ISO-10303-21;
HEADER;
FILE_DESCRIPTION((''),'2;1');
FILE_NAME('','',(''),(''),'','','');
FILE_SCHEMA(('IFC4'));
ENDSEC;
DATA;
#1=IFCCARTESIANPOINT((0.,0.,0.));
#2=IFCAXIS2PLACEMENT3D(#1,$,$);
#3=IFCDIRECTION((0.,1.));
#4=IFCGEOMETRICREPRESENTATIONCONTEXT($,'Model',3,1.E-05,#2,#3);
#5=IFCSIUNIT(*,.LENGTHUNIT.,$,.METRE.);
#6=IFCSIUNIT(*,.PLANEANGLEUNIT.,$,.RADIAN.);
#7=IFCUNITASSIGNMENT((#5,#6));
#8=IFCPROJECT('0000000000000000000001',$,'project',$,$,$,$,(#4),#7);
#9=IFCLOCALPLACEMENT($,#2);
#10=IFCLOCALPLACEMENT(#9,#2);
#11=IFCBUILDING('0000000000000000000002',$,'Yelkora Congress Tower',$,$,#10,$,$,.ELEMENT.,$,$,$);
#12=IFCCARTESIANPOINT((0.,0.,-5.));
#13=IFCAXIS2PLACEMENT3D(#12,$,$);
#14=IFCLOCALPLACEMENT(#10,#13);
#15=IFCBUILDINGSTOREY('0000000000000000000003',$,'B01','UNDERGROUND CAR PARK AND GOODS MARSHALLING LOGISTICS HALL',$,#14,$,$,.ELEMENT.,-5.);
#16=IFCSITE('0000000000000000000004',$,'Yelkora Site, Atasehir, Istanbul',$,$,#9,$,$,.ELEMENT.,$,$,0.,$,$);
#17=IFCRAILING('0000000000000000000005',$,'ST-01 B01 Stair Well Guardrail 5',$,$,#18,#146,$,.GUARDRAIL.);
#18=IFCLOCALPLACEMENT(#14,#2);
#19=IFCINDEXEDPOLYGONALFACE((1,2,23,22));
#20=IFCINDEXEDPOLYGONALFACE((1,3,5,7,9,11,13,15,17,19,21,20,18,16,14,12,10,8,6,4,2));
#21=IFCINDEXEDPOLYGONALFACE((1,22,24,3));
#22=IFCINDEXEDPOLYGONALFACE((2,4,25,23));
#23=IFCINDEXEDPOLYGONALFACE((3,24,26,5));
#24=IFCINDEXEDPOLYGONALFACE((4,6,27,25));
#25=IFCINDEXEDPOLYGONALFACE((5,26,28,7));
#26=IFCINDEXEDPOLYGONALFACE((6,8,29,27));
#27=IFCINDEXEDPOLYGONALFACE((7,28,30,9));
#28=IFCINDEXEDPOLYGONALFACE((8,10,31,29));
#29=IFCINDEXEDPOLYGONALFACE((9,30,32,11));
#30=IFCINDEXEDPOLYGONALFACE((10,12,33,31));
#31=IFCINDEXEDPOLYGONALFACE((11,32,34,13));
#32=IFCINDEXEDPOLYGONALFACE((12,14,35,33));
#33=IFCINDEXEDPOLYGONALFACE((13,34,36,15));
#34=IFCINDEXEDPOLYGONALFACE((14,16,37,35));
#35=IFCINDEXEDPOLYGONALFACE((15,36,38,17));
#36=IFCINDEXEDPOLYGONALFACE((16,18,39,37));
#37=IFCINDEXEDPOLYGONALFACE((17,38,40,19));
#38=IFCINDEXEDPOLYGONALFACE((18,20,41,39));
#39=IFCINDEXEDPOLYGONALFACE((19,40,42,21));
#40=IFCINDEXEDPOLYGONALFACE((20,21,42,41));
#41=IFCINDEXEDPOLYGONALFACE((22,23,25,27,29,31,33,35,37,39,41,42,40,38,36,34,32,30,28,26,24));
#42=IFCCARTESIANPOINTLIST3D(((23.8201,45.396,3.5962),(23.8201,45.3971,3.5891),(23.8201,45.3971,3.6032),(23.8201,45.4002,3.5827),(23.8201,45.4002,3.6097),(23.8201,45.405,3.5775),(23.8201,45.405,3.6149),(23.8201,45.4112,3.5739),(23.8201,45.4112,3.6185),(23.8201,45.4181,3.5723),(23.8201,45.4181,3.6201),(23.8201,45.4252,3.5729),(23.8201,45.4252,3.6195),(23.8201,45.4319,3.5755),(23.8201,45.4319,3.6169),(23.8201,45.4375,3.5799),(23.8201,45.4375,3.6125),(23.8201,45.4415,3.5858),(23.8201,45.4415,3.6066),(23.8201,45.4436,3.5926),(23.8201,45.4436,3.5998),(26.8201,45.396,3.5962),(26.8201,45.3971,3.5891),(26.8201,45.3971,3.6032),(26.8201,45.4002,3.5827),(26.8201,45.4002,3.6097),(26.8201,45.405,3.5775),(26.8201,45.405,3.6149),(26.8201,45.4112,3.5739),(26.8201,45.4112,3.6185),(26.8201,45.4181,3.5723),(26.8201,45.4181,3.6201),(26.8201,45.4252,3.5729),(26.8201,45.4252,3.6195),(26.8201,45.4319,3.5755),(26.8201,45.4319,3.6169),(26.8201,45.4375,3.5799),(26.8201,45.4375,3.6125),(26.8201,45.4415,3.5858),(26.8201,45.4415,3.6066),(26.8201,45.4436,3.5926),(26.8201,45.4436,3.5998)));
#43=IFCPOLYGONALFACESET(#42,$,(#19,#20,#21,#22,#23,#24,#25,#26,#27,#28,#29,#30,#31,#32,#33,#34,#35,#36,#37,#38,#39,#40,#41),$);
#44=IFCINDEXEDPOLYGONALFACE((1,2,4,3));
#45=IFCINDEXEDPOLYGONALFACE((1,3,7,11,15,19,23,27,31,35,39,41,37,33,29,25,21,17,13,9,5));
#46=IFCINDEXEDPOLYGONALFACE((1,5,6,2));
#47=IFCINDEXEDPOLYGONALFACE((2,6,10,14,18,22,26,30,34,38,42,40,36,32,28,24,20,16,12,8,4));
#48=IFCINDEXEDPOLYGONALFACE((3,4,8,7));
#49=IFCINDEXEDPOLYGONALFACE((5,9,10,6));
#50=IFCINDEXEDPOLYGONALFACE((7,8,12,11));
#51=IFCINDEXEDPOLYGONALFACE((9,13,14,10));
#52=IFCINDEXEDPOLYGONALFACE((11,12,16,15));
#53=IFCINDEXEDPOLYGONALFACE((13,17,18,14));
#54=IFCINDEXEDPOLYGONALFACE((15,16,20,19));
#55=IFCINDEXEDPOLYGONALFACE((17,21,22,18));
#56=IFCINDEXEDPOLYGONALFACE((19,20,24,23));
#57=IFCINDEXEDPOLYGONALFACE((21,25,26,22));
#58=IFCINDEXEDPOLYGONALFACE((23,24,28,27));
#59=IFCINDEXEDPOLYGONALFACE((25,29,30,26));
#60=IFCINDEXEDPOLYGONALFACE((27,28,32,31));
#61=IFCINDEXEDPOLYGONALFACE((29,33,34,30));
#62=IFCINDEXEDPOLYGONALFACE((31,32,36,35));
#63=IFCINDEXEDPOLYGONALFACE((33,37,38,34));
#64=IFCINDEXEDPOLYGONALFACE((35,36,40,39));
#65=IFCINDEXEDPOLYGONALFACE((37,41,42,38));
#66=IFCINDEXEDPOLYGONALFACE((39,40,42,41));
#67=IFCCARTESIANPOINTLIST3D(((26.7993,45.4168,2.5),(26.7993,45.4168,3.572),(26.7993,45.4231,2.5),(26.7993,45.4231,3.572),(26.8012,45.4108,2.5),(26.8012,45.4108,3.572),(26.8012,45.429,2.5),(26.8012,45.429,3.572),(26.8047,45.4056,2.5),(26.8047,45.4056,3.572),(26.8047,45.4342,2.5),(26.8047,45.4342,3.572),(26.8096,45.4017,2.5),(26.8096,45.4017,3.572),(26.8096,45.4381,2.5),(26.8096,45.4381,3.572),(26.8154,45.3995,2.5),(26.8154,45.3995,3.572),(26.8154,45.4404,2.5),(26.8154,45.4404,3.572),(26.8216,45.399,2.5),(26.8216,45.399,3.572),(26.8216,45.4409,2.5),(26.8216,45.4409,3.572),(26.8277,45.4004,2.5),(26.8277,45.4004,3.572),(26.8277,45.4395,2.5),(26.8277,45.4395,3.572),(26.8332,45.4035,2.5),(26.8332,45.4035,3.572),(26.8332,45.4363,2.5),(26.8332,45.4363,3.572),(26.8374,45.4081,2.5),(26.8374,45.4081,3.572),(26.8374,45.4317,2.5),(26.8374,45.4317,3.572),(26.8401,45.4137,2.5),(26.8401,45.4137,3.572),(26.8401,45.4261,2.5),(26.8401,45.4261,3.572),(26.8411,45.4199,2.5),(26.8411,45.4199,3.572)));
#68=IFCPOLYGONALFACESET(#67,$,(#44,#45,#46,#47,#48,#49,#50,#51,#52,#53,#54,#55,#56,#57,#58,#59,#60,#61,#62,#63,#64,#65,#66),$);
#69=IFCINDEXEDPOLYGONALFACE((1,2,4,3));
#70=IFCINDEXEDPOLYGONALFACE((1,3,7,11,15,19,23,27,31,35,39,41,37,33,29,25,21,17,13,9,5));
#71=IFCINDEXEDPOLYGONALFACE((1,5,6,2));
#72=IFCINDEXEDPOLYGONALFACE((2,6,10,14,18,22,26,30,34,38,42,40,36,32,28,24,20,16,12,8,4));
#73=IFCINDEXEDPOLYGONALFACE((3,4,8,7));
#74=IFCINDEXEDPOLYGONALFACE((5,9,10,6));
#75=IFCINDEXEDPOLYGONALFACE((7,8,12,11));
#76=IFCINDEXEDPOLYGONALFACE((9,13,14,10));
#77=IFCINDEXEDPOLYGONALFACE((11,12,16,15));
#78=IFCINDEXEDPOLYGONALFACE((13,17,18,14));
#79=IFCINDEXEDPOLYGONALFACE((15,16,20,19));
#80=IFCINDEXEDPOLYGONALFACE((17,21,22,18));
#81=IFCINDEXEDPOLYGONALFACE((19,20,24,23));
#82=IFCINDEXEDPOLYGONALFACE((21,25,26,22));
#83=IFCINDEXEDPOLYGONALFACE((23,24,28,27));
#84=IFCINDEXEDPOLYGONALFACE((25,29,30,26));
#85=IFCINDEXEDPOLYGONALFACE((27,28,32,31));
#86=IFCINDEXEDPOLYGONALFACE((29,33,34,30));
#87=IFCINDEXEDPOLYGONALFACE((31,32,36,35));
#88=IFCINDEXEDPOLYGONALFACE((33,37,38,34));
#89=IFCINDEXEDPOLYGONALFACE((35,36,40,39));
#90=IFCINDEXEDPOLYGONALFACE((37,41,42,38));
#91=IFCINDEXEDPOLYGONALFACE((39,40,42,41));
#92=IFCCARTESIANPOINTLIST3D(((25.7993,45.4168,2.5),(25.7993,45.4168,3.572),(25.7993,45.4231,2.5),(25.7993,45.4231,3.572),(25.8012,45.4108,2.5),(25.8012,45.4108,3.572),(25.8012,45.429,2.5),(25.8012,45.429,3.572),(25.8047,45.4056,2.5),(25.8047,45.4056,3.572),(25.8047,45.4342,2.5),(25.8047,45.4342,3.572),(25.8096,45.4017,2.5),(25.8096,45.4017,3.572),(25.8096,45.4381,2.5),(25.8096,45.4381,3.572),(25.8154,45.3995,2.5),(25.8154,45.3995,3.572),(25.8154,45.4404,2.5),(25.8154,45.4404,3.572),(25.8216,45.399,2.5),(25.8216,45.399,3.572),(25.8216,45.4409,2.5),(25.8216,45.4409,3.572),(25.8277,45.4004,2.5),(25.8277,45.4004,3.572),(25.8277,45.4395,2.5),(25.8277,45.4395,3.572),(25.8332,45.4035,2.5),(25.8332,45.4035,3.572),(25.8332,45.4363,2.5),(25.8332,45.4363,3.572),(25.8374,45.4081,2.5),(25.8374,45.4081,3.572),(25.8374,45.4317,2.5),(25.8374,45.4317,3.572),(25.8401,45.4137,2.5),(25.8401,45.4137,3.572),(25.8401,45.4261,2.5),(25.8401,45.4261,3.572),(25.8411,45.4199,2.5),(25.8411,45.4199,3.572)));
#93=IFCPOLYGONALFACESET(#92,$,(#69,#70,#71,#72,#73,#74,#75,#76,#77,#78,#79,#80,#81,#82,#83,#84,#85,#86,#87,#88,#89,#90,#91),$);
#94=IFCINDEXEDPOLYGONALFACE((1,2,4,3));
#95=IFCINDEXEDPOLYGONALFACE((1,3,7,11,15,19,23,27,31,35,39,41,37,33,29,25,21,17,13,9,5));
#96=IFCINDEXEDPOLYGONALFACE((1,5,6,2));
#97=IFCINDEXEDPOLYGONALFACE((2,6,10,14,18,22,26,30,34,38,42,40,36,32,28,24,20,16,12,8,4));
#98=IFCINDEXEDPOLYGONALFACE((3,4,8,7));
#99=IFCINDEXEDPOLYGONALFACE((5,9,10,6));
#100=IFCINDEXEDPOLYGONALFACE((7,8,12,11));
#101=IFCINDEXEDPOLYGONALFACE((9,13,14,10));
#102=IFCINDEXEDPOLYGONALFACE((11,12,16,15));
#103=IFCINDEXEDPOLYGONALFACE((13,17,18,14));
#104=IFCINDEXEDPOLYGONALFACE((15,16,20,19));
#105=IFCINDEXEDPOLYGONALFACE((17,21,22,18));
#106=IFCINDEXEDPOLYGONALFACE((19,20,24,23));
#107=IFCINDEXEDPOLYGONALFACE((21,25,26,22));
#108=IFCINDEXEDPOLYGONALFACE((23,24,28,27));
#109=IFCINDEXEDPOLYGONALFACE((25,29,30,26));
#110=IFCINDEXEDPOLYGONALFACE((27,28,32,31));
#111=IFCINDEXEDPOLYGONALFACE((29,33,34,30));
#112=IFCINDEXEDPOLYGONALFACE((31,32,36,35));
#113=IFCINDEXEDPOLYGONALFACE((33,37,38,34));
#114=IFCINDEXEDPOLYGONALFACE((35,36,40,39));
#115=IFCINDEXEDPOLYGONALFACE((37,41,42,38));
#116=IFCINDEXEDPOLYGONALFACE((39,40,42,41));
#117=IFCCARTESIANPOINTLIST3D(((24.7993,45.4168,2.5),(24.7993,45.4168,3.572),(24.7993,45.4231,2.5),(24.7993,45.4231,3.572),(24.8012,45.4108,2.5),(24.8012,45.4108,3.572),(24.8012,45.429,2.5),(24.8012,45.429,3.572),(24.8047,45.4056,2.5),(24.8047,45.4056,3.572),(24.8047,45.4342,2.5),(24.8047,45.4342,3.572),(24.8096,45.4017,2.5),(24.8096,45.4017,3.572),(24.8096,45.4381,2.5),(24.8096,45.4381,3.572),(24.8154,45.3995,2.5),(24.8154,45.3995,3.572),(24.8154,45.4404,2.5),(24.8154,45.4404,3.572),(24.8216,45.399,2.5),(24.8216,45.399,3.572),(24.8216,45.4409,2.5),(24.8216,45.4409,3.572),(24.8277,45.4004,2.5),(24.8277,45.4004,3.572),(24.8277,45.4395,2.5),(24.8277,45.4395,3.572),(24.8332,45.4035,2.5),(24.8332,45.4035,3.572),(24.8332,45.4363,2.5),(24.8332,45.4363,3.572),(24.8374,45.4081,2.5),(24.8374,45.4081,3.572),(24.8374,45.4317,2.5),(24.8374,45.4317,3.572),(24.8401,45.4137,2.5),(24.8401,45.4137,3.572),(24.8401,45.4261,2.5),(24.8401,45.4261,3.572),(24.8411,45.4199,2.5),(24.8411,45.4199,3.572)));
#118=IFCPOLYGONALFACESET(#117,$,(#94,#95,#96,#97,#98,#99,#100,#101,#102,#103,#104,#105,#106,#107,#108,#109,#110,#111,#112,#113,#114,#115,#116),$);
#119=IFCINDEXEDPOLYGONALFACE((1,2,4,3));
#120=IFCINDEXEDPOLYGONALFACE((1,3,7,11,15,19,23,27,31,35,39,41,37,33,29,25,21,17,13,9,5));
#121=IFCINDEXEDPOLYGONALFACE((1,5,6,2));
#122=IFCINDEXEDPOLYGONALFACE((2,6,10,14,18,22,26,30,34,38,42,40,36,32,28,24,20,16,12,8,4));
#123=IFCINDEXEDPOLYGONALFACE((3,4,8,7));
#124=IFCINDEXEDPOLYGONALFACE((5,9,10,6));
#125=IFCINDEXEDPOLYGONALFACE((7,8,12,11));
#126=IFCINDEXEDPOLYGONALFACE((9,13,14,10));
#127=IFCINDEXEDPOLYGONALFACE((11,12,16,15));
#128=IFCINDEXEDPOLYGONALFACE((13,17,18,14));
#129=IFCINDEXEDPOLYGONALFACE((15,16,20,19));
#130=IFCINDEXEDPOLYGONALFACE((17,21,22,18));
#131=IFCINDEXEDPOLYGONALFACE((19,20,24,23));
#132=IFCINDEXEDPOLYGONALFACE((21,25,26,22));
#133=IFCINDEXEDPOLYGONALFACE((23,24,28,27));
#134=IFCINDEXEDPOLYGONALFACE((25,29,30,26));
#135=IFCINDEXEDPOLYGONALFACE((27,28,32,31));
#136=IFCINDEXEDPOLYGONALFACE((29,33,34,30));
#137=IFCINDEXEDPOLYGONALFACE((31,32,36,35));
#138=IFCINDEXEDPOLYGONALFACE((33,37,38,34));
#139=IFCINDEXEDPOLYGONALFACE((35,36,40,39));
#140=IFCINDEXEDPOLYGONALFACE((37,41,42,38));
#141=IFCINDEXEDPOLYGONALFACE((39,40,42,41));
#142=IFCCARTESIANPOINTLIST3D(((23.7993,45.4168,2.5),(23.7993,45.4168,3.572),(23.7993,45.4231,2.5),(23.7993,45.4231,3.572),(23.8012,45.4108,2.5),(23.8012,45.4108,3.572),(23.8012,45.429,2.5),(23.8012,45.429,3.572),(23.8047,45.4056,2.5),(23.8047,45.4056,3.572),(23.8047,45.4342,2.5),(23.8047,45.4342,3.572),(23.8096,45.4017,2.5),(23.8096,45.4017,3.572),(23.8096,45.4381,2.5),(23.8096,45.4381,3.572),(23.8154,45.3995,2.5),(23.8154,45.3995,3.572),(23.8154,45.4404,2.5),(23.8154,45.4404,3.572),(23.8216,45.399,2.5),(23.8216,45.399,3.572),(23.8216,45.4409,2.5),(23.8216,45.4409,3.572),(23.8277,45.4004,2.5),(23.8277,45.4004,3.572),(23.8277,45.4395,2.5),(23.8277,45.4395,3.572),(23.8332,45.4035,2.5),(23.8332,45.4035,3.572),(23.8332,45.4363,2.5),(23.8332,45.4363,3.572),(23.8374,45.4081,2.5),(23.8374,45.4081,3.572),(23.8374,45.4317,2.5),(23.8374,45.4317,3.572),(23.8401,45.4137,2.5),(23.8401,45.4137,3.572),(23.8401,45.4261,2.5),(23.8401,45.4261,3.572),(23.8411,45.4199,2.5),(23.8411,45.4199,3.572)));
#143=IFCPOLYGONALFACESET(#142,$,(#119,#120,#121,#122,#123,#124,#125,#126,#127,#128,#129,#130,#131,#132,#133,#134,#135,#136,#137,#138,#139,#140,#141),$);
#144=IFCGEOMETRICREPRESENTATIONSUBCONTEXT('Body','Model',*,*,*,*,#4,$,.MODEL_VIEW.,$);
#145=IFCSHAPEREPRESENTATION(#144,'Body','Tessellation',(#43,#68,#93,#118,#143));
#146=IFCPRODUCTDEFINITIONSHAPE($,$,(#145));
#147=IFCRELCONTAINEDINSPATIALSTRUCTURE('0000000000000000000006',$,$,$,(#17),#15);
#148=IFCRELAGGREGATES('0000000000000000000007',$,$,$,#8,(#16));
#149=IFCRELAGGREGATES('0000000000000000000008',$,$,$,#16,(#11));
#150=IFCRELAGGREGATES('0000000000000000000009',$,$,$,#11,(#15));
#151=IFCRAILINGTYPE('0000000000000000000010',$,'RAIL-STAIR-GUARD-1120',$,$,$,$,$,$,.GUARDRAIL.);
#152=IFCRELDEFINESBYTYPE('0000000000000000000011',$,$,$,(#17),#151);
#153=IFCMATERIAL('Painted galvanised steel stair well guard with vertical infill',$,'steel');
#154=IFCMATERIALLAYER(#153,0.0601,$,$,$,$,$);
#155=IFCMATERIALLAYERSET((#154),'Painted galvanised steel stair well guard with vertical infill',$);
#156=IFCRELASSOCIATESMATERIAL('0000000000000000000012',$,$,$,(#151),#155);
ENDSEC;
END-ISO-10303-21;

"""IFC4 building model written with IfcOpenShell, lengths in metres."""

from ifc_helpers import new_model, si_unit, direction, frame, origin, origin_2d, place, context, subcontext, project, spatial, circle, extrude, material, layer, layer_set, type_object, element, save


model = new_model("IFC4")

# Units and contexts
model_context = context("Model", 3, precision=1e-05, world=origin(), true_north=direction((0.0, 1.0)))
body_context = subcontext(model_context, "Body", "Model", "MODEL_VIEW")
ifc_project = project(units=[si_unit("LENGTHUNIT", "METRE"), si_unit("PLANEANGLEUNIT", "RADIAN")], contexts=[model_context])

# Site, building, storey
site_placement = place(None, origin())
site = spatial("IfcSite", under=ifc_project, at=site_placement, Name="Yelkora Site, Atasehir, Istanbul", CompositionType="ELEMENT", RefElevation=0.0)
building_placement = place(site_placement, origin())
building = spatial("IfcBuilding", under=site, at=building_placement, Name="Yelkora Congress Tower", CompositionType="ELEMENT")
storey_placement = place(building_placement, frame((0.0, 0.0, -5.0)))
storey = spatial("IfcBuildingStorey", under=building, at=storey_placement, Name="B01", Description="UNDERGROUND CAR PARK AND GOODS MARSHALLING LOGISTICS HALL", CompositionType="ELEMENT", Elevation=-5.0)

# Railing
ifc_material_1 = material(Name="Painted galvanised steel stair well guard with vertical infill", Category="steel")
ifc_layer_1 = layer(ifc_material_1, 0.0601)
ifc_layer_set_1 = layer_set([ifc_layer_1], Name="Painted galvanised steel stair well guard with vertical infill")
railing_type_1 = type_object("IfcRailingType", Name="RAIL-STAIR-GUARD-1120", PredefinedType="GUARDRAIL", material=ifc_layer_set_1)
railing_1_placement = place(storey_placement, frame((26.8201, 45.4199, 2.5)))
element("IfcRailing", 1, at=railing_1_placement, inside=storey, type_object=railing_type_1, Name="ST-01 B01 Stair Well Guardrail 5", PredefinedType="GUARDRAIL", context=body_context, shape_type="SweptSolid", body=[
    extrude(circle(Radius=0.0239, at=origin_2d()), frame((0.0, 0.0, 1.0962), z_axis=(-1.0, 0.0, 0.0), x_axis=(0.0, -1.0, 0.0)), (0.0, 0.0, 1.0), 3.0),
    extrude(circle(Radius=0.021, at=origin_2d()), origin(), (0.0, 0.0, 1.0), 1.072),
    extrude(circle(Radius=0.021, at=origin_2d()), frame((-1.0, 0.0, 0.0)), (0.0, 0.0, 1.0), 1.072),
    extrude(circle(Radius=0.021, at=origin_2d()), frame((-2.0, 0.0, 0.0)), (0.0, 0.0, 1.0), 1.072),
    extrude(circle(Radius=0.021, at=origin_2d()), frame((-3.0, 0.0, 0.0)), (0.0, 0.0, 1.0), 1.072),
])

save(model, "model.ifc")
